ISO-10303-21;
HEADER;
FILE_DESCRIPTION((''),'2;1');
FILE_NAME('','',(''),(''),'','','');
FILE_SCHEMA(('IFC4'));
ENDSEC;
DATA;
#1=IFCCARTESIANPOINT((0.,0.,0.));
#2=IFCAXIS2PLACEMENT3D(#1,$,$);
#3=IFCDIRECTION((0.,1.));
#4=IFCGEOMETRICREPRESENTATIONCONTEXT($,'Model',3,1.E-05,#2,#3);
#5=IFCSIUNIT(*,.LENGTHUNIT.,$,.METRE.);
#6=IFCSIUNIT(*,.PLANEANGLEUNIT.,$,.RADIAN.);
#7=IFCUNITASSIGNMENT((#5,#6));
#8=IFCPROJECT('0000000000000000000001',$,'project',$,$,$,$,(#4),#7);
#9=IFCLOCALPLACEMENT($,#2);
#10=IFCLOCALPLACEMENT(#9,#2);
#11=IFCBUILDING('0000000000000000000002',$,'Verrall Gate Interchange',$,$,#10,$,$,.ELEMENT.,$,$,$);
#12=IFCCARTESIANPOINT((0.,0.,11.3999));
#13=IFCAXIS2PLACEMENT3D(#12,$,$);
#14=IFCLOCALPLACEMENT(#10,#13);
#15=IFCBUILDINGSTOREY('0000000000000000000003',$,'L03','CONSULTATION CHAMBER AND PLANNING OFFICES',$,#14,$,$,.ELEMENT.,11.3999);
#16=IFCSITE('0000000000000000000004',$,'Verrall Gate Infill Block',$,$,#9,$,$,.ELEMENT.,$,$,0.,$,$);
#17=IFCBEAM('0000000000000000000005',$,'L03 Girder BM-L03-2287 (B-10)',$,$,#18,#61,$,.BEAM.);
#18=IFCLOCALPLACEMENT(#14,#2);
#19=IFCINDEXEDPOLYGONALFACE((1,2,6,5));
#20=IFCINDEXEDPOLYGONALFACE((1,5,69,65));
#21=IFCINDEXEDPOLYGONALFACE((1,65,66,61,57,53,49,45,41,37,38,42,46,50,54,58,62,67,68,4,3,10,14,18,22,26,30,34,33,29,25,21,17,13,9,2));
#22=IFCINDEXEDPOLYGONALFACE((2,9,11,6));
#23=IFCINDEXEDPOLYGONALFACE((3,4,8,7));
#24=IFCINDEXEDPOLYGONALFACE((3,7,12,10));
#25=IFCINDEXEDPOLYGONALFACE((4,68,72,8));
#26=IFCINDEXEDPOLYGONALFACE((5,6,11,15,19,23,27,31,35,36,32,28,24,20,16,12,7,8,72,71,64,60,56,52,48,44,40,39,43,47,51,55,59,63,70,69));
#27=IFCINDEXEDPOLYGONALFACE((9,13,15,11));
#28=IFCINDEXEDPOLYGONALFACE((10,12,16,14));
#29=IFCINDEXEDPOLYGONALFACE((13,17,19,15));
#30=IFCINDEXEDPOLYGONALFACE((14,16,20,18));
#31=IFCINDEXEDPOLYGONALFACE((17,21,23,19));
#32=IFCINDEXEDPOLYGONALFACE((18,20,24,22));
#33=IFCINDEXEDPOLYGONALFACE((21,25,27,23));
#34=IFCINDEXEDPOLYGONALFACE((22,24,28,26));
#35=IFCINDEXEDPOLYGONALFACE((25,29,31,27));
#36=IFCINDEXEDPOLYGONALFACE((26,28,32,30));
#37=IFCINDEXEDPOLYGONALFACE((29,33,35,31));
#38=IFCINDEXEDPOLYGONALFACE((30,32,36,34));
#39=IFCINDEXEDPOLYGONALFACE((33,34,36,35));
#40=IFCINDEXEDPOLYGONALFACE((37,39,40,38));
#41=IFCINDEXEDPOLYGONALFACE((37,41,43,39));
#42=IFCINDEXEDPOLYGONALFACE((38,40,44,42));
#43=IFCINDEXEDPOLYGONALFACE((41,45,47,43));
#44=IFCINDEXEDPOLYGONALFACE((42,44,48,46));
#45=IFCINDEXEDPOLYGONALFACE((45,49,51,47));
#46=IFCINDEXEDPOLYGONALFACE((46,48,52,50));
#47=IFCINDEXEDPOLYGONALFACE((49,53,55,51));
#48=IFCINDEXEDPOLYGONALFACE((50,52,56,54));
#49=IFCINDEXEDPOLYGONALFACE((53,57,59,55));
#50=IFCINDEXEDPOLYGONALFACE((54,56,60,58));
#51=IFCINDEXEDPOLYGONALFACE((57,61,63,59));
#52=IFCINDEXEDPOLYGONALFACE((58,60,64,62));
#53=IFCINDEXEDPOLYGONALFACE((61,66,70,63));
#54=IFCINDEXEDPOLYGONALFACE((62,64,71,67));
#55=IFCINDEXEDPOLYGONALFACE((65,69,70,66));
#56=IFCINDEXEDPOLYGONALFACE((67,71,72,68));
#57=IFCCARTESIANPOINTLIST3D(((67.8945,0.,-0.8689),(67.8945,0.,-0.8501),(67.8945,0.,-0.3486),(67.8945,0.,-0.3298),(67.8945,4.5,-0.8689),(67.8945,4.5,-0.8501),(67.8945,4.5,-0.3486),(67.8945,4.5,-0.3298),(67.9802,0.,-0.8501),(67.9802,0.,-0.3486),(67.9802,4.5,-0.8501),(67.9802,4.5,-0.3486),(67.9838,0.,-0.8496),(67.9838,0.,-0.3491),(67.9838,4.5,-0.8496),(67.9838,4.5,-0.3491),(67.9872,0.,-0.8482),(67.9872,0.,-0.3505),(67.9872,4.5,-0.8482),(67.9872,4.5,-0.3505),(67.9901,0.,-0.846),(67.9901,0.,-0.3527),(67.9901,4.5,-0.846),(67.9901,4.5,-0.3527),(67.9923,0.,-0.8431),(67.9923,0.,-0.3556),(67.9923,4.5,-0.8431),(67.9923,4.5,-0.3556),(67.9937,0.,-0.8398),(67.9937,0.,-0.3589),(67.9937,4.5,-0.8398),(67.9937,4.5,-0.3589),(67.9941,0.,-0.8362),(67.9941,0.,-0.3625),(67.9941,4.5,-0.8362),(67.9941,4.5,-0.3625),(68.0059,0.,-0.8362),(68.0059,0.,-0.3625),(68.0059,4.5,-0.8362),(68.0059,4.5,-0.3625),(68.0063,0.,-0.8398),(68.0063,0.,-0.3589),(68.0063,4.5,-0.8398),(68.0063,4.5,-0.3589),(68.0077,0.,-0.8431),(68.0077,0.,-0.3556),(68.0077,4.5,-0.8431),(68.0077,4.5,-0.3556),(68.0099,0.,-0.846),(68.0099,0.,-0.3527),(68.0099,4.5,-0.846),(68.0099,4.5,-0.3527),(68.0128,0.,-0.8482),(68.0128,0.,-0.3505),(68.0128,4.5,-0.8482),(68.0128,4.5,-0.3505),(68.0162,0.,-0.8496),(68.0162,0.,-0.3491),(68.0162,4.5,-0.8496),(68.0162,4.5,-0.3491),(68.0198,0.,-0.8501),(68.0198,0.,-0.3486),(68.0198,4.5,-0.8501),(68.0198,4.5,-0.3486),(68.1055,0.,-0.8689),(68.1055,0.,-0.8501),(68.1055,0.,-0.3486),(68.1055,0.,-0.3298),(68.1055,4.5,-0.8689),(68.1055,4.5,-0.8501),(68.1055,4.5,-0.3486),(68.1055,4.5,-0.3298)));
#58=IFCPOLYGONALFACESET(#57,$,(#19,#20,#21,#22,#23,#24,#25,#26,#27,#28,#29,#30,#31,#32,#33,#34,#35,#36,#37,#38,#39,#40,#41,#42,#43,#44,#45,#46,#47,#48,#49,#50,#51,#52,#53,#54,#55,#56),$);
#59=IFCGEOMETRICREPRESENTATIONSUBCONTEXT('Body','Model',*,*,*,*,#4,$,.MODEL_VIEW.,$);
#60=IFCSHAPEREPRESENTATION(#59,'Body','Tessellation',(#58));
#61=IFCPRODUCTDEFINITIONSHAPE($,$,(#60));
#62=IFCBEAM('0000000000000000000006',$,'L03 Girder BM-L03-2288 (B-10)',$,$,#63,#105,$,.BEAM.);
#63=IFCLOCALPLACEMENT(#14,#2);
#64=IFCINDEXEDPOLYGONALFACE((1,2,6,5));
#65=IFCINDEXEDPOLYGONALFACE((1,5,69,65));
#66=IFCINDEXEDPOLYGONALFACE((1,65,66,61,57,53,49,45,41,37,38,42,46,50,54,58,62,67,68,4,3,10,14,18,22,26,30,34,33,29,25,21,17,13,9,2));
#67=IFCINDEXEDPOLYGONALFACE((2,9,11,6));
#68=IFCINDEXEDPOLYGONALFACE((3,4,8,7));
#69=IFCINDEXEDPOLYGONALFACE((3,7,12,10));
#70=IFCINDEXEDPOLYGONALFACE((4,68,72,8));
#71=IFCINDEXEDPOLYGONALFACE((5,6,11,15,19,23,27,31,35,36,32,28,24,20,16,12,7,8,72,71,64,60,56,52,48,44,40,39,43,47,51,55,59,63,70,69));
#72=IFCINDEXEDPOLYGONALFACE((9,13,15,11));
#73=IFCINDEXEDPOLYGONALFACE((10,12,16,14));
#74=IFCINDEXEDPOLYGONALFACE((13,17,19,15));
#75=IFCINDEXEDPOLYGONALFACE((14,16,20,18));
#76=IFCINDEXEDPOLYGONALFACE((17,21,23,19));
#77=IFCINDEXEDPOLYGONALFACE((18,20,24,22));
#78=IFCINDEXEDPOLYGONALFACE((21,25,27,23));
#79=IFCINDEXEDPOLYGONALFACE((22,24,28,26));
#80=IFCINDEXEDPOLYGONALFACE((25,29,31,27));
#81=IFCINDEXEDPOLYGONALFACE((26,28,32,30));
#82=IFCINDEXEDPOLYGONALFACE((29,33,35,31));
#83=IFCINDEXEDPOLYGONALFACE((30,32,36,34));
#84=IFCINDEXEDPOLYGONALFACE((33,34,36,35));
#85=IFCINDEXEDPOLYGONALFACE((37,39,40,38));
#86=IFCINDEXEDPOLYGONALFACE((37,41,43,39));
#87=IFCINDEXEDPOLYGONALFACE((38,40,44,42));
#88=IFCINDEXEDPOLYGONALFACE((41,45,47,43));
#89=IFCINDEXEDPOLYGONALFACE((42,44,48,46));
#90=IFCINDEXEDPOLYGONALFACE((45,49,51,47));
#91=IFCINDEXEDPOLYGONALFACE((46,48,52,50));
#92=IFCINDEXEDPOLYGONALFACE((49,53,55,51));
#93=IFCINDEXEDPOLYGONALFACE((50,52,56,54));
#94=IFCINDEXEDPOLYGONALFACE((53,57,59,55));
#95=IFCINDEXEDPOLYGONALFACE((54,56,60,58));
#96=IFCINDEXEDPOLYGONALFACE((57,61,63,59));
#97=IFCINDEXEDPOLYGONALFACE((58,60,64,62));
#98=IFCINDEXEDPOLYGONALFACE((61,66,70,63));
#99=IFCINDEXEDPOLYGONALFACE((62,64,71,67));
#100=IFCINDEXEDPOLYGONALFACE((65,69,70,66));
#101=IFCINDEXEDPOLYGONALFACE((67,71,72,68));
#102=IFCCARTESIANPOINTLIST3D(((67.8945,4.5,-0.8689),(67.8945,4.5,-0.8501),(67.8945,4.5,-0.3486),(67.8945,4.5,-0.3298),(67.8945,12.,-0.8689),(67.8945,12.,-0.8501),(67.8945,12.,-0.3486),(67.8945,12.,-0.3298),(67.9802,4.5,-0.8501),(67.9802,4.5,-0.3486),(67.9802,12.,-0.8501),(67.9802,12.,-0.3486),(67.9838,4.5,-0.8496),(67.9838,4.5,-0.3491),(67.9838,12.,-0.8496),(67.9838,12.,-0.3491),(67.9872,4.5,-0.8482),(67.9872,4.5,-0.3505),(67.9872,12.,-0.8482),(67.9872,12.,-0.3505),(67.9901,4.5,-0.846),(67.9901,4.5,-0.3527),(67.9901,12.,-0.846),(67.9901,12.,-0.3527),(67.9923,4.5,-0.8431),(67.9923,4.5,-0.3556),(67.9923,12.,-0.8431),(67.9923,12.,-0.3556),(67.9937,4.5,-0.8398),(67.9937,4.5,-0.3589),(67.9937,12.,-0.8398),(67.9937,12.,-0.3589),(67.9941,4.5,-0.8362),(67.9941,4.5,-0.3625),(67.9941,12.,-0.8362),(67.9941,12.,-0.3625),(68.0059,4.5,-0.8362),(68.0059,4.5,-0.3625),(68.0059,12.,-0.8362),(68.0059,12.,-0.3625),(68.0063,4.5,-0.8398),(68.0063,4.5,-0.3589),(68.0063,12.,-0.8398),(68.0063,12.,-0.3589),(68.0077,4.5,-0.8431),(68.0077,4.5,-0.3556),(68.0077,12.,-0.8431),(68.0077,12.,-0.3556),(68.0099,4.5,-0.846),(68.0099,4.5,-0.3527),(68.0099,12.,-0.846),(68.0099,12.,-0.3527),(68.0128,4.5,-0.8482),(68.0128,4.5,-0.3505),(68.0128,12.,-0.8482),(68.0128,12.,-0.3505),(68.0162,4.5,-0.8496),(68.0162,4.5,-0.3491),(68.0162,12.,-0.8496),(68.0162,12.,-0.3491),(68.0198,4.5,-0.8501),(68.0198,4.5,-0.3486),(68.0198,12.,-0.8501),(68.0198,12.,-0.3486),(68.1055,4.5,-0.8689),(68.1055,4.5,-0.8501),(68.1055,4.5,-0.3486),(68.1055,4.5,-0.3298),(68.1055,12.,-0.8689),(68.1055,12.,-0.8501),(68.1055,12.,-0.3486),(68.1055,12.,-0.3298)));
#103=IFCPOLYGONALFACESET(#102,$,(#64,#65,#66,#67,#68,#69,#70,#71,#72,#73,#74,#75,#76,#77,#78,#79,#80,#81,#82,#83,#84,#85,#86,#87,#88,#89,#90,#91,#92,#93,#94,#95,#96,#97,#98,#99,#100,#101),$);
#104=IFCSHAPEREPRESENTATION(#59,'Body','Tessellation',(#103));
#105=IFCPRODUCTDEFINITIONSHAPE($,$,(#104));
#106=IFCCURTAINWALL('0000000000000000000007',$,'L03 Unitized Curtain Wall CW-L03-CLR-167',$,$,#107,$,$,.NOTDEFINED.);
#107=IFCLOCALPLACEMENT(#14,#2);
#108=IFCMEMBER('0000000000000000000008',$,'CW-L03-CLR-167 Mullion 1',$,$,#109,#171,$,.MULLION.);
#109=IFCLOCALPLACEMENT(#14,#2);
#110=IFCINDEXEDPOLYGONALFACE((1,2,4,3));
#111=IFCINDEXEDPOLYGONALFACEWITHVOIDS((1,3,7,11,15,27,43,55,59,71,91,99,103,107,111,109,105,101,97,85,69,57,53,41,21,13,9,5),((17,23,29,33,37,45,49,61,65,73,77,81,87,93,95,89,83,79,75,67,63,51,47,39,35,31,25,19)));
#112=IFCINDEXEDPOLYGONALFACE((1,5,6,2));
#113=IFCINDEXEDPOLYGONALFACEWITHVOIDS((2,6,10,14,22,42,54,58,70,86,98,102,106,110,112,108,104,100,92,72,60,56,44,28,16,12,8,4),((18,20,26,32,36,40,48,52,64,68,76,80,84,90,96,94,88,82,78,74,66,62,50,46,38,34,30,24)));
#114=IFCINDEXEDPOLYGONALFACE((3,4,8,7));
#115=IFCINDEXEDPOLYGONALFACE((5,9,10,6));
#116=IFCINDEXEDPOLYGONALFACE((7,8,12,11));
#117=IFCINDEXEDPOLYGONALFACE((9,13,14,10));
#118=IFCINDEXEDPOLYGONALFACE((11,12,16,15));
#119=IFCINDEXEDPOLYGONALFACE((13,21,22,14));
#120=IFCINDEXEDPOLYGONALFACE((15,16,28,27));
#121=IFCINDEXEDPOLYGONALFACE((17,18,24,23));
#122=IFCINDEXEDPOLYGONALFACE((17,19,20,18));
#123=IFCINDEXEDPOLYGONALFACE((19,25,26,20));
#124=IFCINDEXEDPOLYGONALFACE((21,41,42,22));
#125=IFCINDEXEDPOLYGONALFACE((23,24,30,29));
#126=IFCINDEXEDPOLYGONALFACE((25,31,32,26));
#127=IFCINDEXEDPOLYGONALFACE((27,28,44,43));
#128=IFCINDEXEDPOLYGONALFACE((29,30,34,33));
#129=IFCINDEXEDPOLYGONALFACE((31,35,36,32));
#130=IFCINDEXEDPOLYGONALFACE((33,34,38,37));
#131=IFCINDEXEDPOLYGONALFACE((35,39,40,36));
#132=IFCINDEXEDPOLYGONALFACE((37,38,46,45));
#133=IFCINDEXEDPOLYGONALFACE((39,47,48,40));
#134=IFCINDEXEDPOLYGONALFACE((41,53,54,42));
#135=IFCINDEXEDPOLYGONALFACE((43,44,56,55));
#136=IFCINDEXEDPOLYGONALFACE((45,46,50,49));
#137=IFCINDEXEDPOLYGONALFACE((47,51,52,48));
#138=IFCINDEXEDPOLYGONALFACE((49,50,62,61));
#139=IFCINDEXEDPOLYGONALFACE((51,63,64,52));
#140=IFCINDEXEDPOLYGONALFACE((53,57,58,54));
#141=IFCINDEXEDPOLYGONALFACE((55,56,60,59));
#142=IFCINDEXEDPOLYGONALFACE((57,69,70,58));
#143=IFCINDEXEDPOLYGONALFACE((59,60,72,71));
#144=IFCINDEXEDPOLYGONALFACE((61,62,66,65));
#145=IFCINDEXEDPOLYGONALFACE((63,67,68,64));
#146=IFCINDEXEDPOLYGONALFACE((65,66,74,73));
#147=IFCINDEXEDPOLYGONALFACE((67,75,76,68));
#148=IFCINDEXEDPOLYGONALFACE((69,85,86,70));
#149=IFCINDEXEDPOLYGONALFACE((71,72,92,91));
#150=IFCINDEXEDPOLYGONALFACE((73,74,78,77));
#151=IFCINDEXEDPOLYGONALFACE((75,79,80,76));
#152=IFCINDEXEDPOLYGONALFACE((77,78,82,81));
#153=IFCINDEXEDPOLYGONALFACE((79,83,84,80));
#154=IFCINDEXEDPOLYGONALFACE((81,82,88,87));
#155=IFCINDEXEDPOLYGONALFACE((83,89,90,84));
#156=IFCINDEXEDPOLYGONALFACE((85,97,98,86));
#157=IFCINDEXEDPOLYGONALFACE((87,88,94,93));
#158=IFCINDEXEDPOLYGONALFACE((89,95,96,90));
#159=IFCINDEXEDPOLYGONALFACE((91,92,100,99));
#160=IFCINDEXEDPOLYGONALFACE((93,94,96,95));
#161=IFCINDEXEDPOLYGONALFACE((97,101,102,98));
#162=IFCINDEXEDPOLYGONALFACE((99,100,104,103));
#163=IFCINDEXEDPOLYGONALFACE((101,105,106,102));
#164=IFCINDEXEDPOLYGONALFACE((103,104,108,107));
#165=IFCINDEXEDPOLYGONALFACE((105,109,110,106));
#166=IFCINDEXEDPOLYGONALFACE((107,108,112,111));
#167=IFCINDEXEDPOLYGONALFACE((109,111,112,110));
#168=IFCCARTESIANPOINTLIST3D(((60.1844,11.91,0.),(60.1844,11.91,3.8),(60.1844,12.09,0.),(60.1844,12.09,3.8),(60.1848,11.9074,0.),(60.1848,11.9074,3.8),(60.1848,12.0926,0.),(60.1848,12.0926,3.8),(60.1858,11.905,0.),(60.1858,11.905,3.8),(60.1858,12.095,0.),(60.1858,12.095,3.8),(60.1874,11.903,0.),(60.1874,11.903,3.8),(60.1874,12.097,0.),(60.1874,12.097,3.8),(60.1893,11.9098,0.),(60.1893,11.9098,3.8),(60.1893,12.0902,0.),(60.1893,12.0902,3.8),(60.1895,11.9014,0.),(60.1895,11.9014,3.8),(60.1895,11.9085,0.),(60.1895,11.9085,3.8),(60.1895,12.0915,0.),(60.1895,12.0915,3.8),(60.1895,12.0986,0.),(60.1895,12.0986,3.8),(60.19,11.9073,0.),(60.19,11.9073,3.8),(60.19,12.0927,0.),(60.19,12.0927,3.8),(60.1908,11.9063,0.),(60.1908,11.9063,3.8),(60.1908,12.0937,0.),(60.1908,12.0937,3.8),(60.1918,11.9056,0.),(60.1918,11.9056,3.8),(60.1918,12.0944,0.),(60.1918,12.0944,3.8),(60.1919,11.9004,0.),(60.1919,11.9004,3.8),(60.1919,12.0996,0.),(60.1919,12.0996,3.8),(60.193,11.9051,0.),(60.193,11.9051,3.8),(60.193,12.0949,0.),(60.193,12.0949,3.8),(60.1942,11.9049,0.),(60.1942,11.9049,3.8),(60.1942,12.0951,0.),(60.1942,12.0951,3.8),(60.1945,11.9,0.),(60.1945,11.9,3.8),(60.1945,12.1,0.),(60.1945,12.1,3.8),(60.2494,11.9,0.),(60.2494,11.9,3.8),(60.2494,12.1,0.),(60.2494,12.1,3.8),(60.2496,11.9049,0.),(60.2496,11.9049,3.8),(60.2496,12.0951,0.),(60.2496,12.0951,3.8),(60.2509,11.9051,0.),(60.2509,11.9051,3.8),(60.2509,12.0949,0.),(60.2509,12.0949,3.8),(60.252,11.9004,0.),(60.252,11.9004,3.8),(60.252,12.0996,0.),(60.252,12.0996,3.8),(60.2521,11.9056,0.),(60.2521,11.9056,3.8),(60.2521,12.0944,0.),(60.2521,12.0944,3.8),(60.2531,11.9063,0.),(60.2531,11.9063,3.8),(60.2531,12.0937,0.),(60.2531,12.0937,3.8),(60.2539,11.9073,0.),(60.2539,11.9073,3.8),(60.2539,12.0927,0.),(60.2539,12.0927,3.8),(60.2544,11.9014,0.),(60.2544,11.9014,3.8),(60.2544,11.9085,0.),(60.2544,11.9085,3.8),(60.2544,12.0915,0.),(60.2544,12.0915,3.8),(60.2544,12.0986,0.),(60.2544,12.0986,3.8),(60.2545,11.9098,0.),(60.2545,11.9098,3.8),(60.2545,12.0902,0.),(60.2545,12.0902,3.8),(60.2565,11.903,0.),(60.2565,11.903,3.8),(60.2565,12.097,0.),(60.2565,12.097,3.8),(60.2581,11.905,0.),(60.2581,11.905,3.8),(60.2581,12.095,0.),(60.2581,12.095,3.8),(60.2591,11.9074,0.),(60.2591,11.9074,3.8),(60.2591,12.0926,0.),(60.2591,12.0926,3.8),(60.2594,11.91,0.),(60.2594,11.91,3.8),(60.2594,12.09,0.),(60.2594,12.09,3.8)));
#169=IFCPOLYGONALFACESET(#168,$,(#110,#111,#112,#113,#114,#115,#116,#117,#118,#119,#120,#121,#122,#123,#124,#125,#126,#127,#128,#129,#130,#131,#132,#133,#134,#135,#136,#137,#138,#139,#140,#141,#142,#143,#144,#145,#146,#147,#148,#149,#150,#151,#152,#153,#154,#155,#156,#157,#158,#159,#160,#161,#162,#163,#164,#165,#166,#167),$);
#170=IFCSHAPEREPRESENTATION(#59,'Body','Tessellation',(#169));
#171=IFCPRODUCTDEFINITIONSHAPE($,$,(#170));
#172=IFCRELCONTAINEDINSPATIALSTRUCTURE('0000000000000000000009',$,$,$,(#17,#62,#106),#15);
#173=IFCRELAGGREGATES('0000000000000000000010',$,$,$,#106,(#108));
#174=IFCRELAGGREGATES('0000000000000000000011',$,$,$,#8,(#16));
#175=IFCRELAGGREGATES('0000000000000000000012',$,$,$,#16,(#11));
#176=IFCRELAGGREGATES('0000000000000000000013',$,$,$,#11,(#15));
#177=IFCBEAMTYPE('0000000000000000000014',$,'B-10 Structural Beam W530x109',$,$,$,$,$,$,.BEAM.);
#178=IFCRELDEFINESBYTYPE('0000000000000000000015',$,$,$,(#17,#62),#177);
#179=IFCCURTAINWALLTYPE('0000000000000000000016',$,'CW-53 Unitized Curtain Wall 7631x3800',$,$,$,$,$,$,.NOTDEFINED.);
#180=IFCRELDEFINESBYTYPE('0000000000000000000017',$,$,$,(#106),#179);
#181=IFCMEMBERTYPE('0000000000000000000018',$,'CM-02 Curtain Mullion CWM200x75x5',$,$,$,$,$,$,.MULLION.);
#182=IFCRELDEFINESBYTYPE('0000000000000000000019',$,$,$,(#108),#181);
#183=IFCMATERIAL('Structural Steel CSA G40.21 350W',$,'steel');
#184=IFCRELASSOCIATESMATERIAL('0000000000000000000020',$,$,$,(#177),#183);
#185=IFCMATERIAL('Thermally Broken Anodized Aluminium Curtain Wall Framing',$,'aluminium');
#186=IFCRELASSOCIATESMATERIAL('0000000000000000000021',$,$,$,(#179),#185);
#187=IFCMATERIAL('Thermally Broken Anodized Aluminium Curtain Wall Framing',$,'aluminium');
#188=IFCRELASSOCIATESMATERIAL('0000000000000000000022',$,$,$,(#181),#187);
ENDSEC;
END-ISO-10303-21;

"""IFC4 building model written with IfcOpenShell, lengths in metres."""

from ifc_helpers import new_model, si_unit, direction, frame, origin, origin_2d, place, context, subcontext, project, spatial, hollow_rectangle, i_section, extrude, material, material_profile, profile_set, type_object, element, aggregate, save


model = new_model("IFC4")

# Units and contexts
model_context = context("Model", 3, precision=1e-05, world=origin(), true_north=direction((0.0, 1.0)))
body_context = subcontext(model_context, "Body", "Model", "MODEL_VIEW")
ifc_project = project(units=[si_unit("LENGTHUNIT", "METRE"), si_unit("PLANEANGLEUNIT", "RADIAN")], contexts=[model_context])

# Site, building, storey
site_placement = place(None, origin())
site = spatial("IfcSite", under=ifc_project, at=site_placement, Name="Verrall Gate Infill Block", CompositionType="ELEMENT", RefElevation=0.0)
building_placement = place(site_placement, origin())
building = spatial("IfcBuilding", under=site, at=building_placement, Name="Verrall Gate Interchange", CompositionType="ELEMENT")
storey_placement = place(building_placement, frame((0.0, 0.0, 11.3999)))
storey = spatial("IfcBuildingStorey", under=building, at=storey_placement, Name="L03", Description="CONSULTATION CHAMBER AND PLANNING OFFICES", CompositionType="ELEMENT", Elevation=11.3999)

# Beams
ifc_material_1 = material(Name="Structural Steel CSA G40.21 350W", Category="steel")
ifc_material_profile_1 = material_profile(ifc_material_1, i_section(OverallWidth=0.2109, OverallDepth=0.5391, WebThickness=0.0117, FlangeThickness=0.0188, FilletRadius=0.0139, at=origin_2d()), Name="W530x109")
ifc_profile_set_1 = profile_set([ifc_material_profile_1], Name="Structural Steel CSA G40.21 350W")
beam_type_1 = type_object("IfcBeamType", Name="B-10 Structural Beam W530x109", PredefinedType="BEAM", material=ifc_profile_set_1)
beam_1_placement = place(storey_placement, frame((68.0, 0.0, -0.5994), z_axis=(0.0, 1.0, 0.0), x_axis=(-1.0, 0.0, 0.0)))
element("IfcBeam", 1, at=beam_1_placement, inside=storey, type_object=beam_type_1, Name="L03 Girder BM-L03-2287 (B-10)", PredefinedType="BEAM", context=body_context, shape_type="SweptSolid", body=[
    extrude(i_section(OverallWidth=0.2109, OverallDepth=0.5391, WebThickness=0.0117, FlangeThickness=0.0188, FilletRadius=0.0139, at=origin_2d()), origin(), (0.0, 0.0, 1.0), 4.5),
])
beam_2_placement = place(storey_placement, frame((68.0, 4.5, -0.5994), z_axis=(0.0, 1.0, 0.0), x_axis=(-1.0, 0.0, 0.0)))
element("IfcBeam", 2, at=beam_2_placement, inside=storey, type_object=beam_type_1, Name="L03 Girder BM-L03-2288 (B-10)", PredefinedType="BEAM", context=body_context, shape_type="SweptSolid", body=[
    extrude(i_section(OverallWidth=0.2109, OverallDepth=0.5391, WebThickness=0.0117, FlangeThickness=0.0188, FilletRadius=0.0139, at=origin_2d()), origin(), (0.0, 0.0, 1.0), 7.5),
])

# Curtain wall, member
ifc_material_2 = material(Name="Thermally Broken Anodized Aluminium Curtain Wall Framing", Category="aluminium")
curtain_wall_type = type_object("IfcCurtainWallType", Name="CW-53 Unitized Curtain Wall 7631x3800", PredefinedType="NOTDEFINED", material=ifc_material_2)
curtain_wall_placement = place(storey_placement, origin())
curtain_wall = element("IfcCurtainWall", 3, at=curtain_wall_placement, inside=storey, type_object=curtain_wall_type, Name="L03 Unitized Curtain Wall CW-L03-CLR-167", PredefinedType="NOTDEFINED")
ifc_material_3 = material(Name="Thermally Broken Anodized Aluminium Curtain Wall Framing", Category="aluminium")
ifc_material_profile_2 = material_profile(ifc_material_3, hollow_rectangle(XDim=0.075, YDim=0.2, WallThickness=0.0049, InnerFilletRadius=0.0049, OuterFilletRadius=0.01, at=origin_2d()), Name="CWM200x75x5")
ifc_profile_set_2 = profile_set([ifc_material_profile_2], Name="Thermally Broken Anodized Aluminium Curtain Wall Framing")
member_type_1 = type_object("IfcMemberType", Name="CM-02 Curtain Mullion CWM200x75x5", PredefinedType="MULLION", material=ifc_profile_set_2)
member_1_placement = place(storey_placement, frame((60.2219, 12.0, 0.0), z_axis=(0.0, 0.0, 1.0), x_axis=(1.0, 0.0, 0.0)))
member_1 = element("IfcMember", 4, at=member_1_placement, type_object=member_type_1, Name="CW-L03-CLR-167 Mullion 1", PredefinedType="MULLION", context=body_context, shape_type="SweptSolid", body=[
    extrude(hollow_rectangle(XDim=0.075, YDim=0.2, WallThickness=0.0049, InnerFilletRadius=0.0049, OuterFilletRadius=0.01, at=origin_2d()), origin(), (0.0, 0.0, 1.0), 3.8),
])

aggregate(curtain_wall, [member_1])

save(model, "model.ifc")
